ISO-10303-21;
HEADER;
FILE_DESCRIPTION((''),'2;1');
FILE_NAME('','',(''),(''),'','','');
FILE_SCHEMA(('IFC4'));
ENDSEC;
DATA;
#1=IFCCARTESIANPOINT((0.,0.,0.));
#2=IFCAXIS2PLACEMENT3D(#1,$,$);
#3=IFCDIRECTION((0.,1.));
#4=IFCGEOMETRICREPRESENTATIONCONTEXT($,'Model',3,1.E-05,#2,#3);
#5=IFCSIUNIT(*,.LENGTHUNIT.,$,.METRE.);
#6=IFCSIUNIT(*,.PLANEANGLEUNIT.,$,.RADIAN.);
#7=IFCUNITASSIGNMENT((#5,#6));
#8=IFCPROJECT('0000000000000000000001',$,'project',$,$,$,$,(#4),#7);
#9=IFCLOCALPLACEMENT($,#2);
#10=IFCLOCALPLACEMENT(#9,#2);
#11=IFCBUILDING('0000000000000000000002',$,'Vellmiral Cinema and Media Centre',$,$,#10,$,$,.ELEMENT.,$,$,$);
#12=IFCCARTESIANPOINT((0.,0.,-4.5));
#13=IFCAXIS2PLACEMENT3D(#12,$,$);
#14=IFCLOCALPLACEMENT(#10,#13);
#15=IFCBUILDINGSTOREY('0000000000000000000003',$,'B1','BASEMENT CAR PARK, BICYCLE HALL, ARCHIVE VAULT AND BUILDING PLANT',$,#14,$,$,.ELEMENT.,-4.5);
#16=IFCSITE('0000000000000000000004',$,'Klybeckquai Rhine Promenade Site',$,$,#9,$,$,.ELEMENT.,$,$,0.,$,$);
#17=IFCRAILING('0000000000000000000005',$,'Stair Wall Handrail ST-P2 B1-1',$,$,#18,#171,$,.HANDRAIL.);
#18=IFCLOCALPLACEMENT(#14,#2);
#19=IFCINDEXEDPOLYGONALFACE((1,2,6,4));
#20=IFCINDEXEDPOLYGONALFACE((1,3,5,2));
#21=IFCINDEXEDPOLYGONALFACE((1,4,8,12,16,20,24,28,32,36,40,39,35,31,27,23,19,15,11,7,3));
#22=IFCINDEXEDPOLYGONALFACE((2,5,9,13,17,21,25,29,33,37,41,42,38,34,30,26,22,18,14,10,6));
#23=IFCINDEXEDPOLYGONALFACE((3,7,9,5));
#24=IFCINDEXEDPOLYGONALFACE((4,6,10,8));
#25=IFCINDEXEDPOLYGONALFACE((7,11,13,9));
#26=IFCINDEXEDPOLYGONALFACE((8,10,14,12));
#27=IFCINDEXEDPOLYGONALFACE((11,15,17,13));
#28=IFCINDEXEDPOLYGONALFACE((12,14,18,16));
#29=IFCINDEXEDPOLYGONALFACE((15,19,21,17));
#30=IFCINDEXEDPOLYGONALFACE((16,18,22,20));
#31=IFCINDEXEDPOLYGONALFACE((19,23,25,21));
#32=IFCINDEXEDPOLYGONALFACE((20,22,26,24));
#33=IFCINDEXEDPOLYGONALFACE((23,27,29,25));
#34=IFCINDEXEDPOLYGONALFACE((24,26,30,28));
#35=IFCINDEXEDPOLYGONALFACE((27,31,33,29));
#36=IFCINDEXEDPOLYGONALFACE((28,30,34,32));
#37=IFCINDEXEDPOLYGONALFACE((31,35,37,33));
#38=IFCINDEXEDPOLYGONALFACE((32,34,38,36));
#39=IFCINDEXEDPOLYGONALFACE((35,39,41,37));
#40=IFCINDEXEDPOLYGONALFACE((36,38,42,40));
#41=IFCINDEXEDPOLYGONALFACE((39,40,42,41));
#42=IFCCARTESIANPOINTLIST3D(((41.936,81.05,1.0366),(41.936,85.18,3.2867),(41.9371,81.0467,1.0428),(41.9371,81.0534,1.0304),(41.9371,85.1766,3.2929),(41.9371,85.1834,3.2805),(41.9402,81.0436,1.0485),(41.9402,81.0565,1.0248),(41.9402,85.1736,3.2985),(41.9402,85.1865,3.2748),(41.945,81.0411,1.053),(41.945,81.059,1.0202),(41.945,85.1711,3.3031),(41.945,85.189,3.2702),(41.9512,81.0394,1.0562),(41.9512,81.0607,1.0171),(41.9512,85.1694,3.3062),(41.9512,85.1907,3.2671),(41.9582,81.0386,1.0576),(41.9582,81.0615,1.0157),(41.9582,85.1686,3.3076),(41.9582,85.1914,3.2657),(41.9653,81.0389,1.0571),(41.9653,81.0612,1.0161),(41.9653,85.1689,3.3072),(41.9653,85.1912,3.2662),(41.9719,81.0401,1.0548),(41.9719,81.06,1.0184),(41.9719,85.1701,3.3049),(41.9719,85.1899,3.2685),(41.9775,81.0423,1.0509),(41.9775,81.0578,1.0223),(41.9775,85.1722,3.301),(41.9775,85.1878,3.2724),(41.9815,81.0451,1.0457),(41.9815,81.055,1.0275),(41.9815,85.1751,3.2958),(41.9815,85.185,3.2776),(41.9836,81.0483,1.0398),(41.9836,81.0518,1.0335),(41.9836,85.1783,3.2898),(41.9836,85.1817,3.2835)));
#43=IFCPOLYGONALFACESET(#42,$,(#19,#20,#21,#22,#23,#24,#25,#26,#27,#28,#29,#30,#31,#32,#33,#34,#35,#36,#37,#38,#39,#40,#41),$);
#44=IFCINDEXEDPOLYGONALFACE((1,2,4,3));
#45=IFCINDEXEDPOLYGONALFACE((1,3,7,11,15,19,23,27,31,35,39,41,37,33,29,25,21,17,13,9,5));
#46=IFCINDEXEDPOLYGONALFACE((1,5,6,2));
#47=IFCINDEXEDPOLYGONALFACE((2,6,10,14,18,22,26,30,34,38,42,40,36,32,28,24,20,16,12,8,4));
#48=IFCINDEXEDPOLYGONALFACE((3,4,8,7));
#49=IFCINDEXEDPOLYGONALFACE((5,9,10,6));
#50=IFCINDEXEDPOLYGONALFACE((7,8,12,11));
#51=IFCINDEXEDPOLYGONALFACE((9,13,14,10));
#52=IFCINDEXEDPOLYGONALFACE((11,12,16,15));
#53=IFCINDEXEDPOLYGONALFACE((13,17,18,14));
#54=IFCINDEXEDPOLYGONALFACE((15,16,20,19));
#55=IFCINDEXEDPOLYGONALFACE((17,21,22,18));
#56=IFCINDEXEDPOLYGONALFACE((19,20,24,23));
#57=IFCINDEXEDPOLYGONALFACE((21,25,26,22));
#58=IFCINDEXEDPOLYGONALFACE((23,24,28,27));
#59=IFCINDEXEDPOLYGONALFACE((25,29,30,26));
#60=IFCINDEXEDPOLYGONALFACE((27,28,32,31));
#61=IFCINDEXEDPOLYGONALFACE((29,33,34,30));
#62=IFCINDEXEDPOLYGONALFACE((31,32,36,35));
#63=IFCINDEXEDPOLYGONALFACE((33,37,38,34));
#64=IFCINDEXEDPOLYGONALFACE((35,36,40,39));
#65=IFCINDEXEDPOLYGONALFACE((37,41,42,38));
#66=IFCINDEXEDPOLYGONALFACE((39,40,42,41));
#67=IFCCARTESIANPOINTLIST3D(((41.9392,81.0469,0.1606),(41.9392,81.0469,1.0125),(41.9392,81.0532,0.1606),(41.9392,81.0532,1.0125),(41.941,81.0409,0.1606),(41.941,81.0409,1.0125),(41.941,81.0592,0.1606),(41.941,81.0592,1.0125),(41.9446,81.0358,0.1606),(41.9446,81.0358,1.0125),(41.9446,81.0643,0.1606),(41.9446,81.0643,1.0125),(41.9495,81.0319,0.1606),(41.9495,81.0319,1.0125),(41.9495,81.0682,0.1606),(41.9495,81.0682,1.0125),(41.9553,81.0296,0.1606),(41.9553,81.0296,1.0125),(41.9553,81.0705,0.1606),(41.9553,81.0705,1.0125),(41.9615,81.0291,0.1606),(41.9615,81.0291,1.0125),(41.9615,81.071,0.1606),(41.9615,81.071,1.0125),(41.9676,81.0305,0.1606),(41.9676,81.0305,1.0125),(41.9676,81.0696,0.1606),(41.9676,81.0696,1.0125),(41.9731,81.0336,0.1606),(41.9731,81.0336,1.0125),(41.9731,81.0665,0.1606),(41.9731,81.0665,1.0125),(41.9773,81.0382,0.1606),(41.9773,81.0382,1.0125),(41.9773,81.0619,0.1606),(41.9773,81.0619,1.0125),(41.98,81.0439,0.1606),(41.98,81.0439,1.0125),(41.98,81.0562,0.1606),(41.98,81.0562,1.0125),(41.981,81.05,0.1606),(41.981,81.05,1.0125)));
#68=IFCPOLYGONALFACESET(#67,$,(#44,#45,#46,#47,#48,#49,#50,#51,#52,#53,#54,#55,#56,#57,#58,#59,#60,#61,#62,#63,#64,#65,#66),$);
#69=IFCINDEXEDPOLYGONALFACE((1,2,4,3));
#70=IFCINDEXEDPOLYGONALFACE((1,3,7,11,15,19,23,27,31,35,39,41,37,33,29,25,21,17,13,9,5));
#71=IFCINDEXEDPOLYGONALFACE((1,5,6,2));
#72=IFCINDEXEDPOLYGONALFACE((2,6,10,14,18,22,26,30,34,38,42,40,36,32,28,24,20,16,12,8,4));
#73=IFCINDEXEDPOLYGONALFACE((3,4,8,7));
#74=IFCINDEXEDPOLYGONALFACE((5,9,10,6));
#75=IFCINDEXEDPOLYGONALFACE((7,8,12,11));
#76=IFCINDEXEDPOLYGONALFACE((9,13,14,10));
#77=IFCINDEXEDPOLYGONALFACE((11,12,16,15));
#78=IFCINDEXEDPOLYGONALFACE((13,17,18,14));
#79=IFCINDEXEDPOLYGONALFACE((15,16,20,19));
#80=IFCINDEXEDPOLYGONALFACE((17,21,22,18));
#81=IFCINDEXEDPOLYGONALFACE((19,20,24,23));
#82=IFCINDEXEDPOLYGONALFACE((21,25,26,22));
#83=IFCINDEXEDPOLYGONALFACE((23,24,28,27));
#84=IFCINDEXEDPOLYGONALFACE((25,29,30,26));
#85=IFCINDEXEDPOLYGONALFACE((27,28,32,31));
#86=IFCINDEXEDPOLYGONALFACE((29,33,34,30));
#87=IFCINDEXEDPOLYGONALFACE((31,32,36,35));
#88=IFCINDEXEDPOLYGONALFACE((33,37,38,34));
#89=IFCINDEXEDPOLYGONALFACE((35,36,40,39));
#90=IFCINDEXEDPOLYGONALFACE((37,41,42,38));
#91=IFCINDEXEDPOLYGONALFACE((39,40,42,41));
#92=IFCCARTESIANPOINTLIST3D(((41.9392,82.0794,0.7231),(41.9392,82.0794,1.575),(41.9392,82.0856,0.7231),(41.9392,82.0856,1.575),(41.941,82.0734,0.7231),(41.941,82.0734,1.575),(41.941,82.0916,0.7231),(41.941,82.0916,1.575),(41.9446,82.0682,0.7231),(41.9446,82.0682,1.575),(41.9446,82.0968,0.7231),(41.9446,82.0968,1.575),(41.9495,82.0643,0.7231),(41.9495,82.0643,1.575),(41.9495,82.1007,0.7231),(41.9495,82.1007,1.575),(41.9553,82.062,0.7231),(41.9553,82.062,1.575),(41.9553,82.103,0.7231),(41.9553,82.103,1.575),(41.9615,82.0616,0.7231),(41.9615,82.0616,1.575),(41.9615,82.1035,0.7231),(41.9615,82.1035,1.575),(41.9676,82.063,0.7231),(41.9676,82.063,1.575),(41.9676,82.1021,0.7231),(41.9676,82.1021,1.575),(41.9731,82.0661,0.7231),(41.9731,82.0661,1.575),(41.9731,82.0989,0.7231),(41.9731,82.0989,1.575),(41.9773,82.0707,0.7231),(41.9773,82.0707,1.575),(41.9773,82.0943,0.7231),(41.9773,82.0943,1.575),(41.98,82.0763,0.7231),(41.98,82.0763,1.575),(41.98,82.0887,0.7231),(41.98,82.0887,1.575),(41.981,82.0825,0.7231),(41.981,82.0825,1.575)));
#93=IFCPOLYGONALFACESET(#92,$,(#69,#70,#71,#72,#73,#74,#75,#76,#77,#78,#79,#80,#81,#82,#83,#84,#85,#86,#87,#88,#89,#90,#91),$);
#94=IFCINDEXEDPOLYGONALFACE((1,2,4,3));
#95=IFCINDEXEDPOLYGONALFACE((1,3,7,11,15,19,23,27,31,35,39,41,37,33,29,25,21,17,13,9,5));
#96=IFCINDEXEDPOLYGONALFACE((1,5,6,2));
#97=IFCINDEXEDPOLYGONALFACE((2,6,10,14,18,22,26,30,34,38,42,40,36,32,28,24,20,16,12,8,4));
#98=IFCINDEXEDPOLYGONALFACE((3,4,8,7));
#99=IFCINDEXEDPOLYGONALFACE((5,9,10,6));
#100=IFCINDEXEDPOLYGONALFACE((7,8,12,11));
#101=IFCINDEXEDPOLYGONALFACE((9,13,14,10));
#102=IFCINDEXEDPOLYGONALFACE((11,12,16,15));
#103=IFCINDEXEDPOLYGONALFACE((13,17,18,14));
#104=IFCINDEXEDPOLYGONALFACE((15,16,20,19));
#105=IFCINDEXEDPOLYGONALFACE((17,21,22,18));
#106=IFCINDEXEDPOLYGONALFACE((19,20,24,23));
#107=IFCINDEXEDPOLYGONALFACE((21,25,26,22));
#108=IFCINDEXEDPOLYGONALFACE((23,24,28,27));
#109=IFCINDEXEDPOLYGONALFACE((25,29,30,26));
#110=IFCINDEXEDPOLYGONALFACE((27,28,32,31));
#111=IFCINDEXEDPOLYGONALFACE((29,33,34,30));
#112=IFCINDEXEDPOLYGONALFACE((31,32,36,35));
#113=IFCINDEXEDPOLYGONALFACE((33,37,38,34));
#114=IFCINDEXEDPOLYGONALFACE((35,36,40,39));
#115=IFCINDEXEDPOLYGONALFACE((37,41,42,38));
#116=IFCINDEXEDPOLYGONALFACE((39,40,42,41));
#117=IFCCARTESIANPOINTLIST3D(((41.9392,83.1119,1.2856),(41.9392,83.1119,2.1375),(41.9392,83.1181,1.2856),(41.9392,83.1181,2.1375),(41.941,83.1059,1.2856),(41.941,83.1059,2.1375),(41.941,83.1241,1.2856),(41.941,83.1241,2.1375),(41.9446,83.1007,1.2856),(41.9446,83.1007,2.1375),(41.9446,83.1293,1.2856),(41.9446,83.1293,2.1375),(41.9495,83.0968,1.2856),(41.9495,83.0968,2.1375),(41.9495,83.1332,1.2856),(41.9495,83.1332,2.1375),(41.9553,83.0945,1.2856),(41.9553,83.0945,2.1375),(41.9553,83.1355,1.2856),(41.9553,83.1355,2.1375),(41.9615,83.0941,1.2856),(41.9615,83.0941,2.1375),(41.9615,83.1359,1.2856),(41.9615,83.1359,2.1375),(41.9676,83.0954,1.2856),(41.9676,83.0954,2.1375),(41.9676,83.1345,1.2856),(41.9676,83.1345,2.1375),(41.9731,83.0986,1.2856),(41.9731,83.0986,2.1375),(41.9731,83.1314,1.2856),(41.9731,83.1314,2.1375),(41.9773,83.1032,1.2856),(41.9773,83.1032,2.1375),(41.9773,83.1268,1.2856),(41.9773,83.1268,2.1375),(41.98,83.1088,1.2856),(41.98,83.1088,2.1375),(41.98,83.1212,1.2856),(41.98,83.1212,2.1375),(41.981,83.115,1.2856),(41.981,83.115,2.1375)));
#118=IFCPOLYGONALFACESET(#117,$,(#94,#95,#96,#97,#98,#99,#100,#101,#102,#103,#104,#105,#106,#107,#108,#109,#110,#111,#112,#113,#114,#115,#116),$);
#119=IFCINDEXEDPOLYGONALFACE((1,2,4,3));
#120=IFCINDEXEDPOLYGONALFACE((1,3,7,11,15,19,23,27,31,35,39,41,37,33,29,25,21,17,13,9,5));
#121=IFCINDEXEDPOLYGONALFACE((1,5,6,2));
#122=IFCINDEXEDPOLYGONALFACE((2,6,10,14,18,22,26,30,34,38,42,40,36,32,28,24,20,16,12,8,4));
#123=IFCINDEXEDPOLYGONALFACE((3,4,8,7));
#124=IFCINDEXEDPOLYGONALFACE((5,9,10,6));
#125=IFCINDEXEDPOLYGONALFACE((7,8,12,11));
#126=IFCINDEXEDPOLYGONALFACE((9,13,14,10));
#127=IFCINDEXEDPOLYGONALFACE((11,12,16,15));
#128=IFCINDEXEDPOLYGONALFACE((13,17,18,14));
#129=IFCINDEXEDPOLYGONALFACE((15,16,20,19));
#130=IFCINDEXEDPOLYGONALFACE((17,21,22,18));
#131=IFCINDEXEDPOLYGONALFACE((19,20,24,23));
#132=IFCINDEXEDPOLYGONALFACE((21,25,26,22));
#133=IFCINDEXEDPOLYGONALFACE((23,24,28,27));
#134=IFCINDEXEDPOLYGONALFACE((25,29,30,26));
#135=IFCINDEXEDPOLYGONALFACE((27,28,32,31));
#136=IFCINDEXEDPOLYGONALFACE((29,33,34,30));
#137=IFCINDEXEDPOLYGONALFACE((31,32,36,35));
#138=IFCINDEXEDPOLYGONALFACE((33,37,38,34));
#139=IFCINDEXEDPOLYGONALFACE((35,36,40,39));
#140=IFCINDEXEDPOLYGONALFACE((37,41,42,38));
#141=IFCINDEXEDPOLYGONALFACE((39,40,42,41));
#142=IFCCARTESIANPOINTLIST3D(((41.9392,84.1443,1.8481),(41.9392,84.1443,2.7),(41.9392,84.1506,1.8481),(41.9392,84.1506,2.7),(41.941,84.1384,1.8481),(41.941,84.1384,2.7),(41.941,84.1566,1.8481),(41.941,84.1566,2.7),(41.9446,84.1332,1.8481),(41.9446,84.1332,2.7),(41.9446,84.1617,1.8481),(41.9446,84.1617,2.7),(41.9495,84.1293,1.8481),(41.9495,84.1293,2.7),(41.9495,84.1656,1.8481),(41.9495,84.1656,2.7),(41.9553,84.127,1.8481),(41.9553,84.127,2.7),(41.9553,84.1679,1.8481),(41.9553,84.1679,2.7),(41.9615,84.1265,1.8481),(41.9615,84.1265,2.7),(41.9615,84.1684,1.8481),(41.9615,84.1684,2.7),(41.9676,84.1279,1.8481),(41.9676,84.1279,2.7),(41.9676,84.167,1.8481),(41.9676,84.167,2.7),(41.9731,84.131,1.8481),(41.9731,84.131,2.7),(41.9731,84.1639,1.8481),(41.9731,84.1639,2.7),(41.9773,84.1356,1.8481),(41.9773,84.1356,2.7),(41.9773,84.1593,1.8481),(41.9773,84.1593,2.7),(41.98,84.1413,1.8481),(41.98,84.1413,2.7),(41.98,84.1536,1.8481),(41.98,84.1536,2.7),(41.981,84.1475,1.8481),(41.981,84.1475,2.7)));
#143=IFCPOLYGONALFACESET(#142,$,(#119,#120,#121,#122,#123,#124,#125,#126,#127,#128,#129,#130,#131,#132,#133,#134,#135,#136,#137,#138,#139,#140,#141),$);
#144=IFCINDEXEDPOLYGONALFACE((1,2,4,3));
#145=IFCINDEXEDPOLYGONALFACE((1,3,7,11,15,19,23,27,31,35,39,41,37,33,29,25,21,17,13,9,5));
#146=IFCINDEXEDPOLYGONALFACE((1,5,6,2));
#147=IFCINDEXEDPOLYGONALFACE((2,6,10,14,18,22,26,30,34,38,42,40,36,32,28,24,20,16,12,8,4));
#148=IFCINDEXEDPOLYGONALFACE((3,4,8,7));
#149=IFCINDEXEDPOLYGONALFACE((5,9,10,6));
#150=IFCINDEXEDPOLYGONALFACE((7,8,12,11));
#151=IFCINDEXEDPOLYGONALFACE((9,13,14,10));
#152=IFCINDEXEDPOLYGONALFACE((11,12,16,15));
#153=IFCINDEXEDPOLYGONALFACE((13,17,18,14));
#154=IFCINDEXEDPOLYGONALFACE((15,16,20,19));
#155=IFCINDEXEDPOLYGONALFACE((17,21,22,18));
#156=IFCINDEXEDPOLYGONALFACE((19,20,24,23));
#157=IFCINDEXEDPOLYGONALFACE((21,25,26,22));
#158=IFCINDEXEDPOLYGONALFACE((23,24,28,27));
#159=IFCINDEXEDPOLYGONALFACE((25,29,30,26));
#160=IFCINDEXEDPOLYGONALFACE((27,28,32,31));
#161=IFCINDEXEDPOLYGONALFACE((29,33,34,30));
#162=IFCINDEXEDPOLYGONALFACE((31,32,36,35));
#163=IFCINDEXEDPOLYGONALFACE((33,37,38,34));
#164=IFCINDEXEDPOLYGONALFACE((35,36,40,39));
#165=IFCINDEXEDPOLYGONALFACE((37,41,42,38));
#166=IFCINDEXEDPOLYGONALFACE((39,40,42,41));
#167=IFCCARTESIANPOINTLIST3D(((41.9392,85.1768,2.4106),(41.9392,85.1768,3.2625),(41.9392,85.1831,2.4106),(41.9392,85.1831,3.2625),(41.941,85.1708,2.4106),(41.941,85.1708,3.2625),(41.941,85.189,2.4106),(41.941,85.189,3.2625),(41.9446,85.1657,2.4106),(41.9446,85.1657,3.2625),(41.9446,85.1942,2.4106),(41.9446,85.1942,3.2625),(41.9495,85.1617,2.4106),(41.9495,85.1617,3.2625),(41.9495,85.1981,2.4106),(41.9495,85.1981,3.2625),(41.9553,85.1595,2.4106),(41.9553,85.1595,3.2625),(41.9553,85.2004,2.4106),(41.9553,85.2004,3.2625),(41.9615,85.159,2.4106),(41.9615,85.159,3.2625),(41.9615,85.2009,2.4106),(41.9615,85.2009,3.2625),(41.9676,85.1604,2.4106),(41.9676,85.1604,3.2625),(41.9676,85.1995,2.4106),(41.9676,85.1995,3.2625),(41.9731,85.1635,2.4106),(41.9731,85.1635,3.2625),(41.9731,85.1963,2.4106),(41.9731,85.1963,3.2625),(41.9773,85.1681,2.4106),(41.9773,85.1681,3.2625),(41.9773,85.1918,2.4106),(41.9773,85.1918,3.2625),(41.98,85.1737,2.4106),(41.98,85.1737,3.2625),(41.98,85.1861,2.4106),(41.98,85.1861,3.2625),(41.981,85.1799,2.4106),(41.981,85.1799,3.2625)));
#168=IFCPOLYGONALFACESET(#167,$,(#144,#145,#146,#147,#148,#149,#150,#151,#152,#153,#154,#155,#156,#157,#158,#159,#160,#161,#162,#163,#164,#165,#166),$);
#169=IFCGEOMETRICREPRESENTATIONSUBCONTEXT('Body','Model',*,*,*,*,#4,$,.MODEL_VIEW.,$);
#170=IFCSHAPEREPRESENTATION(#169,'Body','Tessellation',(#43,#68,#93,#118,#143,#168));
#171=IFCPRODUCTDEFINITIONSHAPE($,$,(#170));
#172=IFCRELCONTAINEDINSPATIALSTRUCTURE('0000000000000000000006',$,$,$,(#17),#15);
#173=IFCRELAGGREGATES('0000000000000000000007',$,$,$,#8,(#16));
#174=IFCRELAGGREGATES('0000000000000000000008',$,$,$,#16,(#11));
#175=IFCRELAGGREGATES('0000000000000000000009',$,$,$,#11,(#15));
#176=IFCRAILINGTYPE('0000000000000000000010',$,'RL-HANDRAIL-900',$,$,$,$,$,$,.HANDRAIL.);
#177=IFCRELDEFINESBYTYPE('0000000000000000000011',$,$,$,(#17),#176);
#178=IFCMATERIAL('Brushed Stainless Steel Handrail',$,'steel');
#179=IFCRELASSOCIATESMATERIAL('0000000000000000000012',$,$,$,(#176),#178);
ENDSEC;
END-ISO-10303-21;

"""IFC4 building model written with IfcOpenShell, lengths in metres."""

from ifc_helpers import new_model, si_unit, direction, frame, origin, origin_2d, place, context, subcontext, project, spatial, circle, extrude, material, type_object, element, save


model = new_model("IFC4")

# Units and contexts
model_context = context("Model", 3, precision=1e-05, world=origin(), true_north=direction((0.0, 1.0)))
body_context = subcontext(model_context, "Body", "Model", "MODEL_VIEW")
ifc_project = project(units=[si_unit("LENGTHUNIT", "METRE"), si_unit("PLANEANGLEUNIT", "RADIAN")], contexts=[model_context])

# Site, building, storey
site_placement = place(None, origin())
site = spatial("IfcSite", under=ifc_project, at=site_placement, Name="Klybeckquai Rhine Promenade Site", CompositionType="ELEMENT", RefElevation=0.0)
building_placement = place(site_placement, origin())
building = spatial("IfcBuilding", under=site, at=building_placement, Name="Vellmiral Cinema and Media Centre", CompositionType="ELEMENT")
storey_placement = place(building_placement, frame((0.0, 0.0, -4.5)))
storey = spatial("IfcBuildingStorey", under=building, at=storey_placement, Name="B1", Description="BASEMENT CAR PARK, BICYCLE HALL, ARCHIVE VAULT AND BUILDING PLANT", CompositionType="ELEMENT", Elevation=-4.5)

# Railing
ifc_material_1 = material(Name="Brushed Stainless Steel Handrail", Category="steel")
railing_type_1 = type_object("IfcRailingType", Name="RL-HANDRAIL-900", PredefinedType="HANDRAIL", material=ifc_material_1)
railing_1_placement = place(storey_placement, frame((41.96, 81.05, 0.1606)))
element("IfcRailing", 1, at=railing_1_placement, inside=storey, type_object=railing_type_1, Name="Stair Wall Handrail ST-P2 B1-1", PredefinedType="HANDRAIL", context=body_context, shape_type="SweptSolid", body=[
    extrude(circle(Radius=0.0239, at=origin_2d()), frame((0.0, 0.0, 0.876), z_axis=(0.0, 0.878134, 0.478416), x_axis=(-1.0, 0.0, 0.0)), (0.0, 0.0, 1.0), 4.7031),
    extrude(circle(Radius=0.021, at=origin_2d()), origin(), (0.0, 0.0, 1.0), 0.8518),
    extrude(circle(Radius=0.021, at=origin_2d()), frame((0.0, 1.0325, 0.5625)), (0.0, 0.0, 1.0), 0.8518),
    extrude(circle(Radius=0.021, at=origin_2d()), frame((0.0, 2.0649, 1.125)), (0.0, 0.0, 1.0), 0.8518),
    extrude(circle(Radius=0.021, at=origin_2d()), frame((0.0, 3.0974, 1.6875)), (0.0, 0.0, 1.0), 0.8518),
    extrude(circle(Radius=0.021, at=origin_2d()), frame((0.0, 4.1299, 2.25)), (0.0, 0.0, 1.0), 0.8518),
])

save(model, "model.ifc")
